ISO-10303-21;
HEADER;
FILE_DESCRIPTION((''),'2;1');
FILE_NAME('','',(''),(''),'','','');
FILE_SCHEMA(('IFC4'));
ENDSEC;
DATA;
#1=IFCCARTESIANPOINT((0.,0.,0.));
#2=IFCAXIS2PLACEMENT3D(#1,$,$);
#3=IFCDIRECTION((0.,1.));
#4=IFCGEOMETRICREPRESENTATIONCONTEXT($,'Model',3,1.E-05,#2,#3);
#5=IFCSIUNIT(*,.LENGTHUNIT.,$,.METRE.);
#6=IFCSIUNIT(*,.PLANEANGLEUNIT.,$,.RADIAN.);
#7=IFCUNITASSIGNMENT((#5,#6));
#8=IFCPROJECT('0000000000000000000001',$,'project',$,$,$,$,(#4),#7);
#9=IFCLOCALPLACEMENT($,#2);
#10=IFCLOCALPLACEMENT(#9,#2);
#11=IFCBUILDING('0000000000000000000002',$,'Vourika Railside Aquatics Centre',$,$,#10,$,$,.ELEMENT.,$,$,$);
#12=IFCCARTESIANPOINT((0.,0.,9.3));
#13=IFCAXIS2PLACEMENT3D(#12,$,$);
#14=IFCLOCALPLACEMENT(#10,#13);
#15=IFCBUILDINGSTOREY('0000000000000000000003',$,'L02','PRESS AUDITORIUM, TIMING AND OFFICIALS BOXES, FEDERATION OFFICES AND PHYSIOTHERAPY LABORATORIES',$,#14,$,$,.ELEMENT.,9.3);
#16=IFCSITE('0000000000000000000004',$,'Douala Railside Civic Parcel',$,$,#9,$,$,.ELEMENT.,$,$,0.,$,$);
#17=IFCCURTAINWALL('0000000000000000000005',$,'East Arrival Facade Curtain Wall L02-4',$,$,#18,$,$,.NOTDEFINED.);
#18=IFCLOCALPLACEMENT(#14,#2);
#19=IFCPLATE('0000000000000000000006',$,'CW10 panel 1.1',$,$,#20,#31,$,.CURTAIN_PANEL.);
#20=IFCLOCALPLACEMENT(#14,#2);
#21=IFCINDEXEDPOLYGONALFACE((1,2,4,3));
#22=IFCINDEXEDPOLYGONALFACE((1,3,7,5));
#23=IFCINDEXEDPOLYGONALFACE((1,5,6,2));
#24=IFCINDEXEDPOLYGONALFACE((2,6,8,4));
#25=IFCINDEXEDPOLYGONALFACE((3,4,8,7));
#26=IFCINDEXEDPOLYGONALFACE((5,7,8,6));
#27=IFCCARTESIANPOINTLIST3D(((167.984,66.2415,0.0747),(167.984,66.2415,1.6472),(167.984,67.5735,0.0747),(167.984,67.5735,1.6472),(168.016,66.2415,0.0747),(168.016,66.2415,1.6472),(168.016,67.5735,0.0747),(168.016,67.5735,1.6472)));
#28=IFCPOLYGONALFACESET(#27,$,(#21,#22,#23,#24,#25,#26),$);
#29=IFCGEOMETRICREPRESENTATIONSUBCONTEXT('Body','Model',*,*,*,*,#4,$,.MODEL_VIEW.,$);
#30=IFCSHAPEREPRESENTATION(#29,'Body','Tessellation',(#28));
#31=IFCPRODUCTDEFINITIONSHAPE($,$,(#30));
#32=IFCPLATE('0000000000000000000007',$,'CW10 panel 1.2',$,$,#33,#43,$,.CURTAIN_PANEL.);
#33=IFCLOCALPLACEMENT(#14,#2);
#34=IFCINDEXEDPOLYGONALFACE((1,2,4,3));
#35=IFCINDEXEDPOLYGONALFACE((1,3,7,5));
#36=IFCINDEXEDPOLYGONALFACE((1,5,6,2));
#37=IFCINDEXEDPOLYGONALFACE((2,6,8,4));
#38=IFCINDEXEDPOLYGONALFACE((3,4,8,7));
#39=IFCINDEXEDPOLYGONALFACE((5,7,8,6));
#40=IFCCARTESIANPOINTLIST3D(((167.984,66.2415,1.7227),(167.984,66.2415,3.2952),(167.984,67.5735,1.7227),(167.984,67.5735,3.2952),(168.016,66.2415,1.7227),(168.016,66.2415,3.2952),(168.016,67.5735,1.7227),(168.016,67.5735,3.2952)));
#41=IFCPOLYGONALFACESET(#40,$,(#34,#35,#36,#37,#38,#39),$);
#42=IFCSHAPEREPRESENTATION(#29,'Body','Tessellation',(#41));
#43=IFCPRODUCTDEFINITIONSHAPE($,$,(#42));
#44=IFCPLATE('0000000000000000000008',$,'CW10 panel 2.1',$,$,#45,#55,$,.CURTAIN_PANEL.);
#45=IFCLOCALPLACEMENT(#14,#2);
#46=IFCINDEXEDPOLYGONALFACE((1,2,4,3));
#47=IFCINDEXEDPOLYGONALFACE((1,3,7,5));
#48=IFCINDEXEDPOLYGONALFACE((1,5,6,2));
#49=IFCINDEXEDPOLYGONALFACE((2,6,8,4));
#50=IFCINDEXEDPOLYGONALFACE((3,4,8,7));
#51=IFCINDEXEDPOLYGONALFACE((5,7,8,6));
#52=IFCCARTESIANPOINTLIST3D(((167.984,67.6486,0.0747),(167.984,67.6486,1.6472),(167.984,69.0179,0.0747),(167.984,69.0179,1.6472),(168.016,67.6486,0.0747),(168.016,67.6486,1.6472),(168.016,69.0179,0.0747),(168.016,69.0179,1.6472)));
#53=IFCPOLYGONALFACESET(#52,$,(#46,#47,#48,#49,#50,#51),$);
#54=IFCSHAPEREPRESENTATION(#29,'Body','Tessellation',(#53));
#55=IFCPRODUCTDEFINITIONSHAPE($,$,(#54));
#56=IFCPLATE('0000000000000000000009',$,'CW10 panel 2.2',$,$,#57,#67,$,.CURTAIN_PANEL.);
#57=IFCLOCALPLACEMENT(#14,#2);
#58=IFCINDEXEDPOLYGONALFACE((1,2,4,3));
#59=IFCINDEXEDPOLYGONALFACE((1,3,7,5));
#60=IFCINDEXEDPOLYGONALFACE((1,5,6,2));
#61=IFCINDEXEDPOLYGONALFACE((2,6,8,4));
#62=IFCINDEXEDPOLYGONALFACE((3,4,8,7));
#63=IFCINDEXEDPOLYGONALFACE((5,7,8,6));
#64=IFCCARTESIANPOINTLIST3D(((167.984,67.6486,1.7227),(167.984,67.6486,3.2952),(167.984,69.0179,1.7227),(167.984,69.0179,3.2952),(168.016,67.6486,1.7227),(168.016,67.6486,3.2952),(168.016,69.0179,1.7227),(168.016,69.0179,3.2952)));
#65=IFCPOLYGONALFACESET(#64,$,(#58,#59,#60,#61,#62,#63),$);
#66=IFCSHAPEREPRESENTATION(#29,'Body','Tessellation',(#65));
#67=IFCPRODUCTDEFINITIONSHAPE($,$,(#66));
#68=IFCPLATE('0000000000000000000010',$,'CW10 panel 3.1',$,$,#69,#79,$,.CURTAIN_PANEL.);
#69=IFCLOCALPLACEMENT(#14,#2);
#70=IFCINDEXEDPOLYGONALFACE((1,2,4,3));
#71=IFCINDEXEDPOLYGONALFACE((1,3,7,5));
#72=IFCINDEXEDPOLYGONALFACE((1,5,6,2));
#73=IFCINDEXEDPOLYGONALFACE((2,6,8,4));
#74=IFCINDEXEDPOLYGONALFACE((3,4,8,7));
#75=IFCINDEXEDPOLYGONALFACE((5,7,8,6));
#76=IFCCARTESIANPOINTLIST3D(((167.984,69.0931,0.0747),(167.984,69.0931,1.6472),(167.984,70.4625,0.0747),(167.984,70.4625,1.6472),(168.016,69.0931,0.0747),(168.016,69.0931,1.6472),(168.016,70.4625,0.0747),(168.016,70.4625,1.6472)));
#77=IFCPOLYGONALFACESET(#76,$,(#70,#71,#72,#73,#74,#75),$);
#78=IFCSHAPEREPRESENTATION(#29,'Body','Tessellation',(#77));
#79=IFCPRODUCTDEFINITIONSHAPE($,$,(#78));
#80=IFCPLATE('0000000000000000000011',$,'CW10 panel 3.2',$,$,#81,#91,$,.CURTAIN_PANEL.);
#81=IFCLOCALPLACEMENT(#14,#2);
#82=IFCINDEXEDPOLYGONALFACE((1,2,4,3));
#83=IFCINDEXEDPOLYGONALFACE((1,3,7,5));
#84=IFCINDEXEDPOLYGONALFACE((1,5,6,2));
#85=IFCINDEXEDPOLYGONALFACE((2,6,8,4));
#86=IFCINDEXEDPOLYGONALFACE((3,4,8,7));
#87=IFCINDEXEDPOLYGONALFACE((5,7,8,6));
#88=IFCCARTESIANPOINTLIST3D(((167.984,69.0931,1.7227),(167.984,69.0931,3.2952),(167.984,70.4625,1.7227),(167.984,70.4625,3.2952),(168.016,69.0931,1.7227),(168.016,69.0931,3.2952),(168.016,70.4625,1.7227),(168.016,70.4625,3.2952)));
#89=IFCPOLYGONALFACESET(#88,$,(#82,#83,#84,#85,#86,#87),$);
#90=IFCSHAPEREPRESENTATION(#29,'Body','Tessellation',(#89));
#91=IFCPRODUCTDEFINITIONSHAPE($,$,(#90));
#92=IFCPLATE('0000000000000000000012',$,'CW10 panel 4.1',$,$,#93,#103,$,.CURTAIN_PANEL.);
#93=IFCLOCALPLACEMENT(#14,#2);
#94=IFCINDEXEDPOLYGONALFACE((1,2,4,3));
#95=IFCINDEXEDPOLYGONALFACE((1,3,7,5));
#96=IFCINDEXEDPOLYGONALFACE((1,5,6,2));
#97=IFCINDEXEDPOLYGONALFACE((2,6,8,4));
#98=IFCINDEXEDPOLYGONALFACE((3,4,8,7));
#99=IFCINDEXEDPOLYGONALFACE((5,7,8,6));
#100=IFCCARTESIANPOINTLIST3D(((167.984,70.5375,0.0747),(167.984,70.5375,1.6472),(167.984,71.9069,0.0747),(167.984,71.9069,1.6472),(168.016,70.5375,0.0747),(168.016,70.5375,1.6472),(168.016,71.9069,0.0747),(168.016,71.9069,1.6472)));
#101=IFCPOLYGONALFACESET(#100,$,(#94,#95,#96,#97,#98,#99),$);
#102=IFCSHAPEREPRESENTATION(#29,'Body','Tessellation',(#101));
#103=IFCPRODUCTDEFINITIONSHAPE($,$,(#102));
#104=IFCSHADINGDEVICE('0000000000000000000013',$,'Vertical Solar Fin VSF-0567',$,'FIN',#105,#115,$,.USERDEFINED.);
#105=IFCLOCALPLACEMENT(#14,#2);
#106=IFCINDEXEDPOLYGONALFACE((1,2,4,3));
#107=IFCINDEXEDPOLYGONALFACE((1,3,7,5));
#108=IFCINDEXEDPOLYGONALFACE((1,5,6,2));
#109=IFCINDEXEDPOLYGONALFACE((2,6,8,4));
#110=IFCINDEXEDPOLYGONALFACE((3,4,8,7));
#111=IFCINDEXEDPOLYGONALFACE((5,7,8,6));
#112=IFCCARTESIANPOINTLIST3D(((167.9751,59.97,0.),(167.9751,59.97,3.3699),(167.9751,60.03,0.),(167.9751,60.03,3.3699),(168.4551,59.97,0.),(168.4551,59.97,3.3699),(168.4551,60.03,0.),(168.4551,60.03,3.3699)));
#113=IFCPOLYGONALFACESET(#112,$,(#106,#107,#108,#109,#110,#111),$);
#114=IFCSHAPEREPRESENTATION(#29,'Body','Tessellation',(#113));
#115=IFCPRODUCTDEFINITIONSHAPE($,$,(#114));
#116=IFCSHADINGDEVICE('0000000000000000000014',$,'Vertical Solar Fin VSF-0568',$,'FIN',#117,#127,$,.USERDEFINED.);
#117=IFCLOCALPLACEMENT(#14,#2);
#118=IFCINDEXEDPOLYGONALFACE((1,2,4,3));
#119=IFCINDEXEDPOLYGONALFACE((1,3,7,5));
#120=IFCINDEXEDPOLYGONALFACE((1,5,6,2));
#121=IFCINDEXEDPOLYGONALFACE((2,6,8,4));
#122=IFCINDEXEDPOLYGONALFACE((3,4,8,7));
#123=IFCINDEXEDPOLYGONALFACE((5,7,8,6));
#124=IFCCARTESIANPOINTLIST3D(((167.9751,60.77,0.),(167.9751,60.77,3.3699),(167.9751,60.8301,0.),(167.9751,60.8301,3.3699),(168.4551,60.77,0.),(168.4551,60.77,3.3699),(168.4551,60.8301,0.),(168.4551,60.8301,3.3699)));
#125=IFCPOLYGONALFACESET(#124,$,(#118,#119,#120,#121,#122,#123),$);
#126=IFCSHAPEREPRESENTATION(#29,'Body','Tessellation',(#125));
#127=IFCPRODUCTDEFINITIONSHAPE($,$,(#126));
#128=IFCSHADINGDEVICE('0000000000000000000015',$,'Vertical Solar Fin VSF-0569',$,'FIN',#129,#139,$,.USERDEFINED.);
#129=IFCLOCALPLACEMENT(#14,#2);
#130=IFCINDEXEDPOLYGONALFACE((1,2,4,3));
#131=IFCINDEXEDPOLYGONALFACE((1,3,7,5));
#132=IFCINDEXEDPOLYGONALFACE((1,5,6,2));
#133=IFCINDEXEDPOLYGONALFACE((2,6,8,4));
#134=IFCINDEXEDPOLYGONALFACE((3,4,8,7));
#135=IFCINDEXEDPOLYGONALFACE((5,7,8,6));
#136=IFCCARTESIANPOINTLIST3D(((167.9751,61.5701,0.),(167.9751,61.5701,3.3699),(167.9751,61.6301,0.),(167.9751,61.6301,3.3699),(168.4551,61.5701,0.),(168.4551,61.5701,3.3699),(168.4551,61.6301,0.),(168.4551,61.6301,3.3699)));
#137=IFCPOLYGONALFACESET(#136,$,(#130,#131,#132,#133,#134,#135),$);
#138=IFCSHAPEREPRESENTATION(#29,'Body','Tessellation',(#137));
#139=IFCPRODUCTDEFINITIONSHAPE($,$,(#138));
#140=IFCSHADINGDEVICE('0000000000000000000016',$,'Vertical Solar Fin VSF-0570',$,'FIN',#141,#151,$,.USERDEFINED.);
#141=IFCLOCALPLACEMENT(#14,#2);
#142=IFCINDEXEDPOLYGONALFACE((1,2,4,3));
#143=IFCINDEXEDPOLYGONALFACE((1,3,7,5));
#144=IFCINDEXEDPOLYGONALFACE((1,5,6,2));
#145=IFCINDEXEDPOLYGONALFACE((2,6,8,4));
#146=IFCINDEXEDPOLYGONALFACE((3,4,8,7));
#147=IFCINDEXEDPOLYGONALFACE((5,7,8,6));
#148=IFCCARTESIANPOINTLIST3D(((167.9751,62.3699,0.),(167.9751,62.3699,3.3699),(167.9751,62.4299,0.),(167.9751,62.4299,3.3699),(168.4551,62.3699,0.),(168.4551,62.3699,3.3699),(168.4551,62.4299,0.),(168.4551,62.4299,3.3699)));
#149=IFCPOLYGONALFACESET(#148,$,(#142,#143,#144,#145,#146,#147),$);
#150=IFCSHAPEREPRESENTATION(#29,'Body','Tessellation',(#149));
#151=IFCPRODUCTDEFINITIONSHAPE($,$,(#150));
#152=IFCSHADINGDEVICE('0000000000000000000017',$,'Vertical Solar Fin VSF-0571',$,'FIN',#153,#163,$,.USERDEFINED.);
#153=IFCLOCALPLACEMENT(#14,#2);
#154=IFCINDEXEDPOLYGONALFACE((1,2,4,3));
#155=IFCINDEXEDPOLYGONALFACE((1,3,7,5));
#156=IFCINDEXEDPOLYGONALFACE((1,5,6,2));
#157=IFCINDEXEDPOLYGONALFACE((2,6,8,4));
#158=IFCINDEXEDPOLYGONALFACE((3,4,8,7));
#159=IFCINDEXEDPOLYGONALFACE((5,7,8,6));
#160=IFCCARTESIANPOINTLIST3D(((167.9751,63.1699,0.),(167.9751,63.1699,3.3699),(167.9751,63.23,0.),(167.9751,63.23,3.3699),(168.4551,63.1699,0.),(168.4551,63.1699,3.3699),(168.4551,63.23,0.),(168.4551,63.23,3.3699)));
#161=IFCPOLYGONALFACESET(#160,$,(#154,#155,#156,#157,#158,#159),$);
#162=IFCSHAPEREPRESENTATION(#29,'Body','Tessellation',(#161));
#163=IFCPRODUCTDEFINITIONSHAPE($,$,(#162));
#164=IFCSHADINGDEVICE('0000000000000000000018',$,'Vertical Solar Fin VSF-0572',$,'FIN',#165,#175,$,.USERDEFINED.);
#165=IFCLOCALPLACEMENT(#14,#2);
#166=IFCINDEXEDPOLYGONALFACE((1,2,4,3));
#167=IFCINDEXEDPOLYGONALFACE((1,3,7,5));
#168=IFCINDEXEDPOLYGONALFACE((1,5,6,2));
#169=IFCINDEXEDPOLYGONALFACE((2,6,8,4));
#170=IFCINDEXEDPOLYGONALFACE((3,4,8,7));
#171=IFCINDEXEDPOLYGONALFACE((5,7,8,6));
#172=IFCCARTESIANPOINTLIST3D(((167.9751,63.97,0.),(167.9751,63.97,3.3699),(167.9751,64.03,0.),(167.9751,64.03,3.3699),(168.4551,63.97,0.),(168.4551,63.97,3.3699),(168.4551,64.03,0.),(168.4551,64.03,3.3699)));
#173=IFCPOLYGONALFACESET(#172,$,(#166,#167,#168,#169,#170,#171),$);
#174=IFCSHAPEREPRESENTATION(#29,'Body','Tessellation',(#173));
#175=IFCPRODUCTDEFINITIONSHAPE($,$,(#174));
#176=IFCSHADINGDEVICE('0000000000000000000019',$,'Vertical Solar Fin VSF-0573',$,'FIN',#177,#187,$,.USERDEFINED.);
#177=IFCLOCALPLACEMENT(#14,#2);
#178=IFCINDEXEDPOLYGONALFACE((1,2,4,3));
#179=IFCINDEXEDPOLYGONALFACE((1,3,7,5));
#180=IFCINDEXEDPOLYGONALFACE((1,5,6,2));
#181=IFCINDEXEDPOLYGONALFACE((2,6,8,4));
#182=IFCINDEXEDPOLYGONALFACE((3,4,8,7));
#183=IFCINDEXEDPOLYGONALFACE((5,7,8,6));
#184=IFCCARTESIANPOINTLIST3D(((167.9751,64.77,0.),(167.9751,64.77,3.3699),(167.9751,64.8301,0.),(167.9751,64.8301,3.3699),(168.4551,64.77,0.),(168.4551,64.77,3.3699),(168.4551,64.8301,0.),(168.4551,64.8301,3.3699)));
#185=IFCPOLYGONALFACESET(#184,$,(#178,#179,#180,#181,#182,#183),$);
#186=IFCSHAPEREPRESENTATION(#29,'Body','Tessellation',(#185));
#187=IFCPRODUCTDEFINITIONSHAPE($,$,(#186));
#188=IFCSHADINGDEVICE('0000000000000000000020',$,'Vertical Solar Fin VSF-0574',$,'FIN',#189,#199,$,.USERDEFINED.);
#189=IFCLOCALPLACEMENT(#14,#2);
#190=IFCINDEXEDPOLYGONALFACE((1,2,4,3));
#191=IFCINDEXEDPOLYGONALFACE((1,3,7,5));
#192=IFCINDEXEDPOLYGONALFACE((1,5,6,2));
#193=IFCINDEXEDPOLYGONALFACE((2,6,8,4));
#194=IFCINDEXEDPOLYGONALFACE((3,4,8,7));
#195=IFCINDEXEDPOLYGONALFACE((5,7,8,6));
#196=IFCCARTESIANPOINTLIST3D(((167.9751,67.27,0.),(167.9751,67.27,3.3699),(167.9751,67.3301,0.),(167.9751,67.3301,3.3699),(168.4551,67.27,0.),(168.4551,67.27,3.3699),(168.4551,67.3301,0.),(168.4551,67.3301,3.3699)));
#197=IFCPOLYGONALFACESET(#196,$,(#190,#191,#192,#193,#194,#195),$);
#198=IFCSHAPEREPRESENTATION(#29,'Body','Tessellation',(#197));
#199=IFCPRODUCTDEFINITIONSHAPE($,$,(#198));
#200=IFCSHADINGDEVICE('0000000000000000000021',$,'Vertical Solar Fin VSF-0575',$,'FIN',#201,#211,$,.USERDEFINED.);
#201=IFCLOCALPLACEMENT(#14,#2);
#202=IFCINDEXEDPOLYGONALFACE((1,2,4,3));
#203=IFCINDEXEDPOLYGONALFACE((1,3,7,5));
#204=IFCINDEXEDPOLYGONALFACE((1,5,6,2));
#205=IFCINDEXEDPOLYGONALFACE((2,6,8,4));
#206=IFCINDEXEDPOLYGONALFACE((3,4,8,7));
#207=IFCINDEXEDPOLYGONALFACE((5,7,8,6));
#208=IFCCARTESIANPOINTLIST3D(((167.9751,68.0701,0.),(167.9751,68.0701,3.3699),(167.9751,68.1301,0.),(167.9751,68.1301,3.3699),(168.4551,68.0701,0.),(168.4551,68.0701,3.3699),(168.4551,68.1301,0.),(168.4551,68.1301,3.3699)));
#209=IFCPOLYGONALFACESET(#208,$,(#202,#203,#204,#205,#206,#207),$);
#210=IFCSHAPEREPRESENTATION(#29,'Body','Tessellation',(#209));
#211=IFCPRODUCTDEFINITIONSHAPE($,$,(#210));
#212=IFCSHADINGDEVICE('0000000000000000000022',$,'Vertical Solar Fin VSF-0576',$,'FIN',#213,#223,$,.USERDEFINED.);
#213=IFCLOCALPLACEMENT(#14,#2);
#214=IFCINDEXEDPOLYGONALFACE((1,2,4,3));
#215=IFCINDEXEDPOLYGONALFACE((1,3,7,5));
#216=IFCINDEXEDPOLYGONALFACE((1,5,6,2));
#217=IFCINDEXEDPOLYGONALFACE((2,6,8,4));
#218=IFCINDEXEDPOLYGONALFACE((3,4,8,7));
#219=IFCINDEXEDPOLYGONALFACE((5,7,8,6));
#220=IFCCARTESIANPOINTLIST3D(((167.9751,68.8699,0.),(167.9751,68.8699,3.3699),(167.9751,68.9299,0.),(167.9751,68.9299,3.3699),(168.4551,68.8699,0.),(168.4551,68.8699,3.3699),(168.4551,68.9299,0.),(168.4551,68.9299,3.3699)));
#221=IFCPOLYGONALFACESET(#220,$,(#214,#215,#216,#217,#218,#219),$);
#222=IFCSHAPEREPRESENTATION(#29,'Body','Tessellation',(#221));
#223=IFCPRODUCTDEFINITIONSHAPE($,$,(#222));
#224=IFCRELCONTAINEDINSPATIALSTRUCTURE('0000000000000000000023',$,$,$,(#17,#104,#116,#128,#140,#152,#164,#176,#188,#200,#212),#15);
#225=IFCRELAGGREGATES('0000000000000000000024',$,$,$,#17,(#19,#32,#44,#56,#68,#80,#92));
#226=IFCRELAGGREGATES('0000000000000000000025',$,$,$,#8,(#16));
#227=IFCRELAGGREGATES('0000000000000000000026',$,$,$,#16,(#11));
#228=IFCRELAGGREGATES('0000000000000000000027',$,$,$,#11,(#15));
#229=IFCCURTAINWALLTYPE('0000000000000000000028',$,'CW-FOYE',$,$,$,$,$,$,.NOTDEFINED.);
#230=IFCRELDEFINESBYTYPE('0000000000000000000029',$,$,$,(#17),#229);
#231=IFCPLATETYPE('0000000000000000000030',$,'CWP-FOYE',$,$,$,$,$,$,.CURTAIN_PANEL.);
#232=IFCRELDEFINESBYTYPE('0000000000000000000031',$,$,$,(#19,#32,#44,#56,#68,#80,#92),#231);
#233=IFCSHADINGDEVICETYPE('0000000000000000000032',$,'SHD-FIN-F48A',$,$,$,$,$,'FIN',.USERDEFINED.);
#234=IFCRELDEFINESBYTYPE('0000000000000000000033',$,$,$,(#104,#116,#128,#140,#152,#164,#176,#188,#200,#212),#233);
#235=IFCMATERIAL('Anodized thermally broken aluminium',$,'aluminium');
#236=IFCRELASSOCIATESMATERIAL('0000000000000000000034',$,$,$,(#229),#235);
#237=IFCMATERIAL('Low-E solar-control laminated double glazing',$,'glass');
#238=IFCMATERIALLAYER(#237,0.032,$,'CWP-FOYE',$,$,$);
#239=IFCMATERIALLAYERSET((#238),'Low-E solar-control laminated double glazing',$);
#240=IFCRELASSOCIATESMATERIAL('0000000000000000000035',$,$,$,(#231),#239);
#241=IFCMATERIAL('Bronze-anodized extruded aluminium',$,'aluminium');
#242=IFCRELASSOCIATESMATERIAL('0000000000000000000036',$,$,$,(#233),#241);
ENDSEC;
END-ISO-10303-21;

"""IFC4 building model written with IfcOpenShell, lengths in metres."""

from ifc_helpers import new_model, si_unit, direction, frame, origin, origin_2d, place, context, subcontext, project, spatial, rectangle, extrude, material, layer, layer_set, material_profile, profile_set, type_object, element, aggregate, save


model = new_model("IFC4")

# Units and contexts
model_context = context("Model", 3, precision=1e-05, world=origin(), true_north=direction((0.0, 1.0)))
body_context = subcontext(model_context, "Body", "Model", "MODEL_VIEW")
ifc_project = project(units=[si_unit("LENGTHUNIT", "METRE"), si_unit("PLANEANGLEUNIT", "RADIAN")], contexts=[model_context])

# Site, building, storey
site_placement = place(None, origin())
site = spatial("IfcSite", under=ifc_project, at=site_placement, Name="Douala Railside Civic Parcel", CompositionType="ELEMENT", RefElevation=0.0)
building_placement = place(site_placement, origin())
building = spatial("IfcBuilding", under=site, at=building_placement, Name="Vourika Railside Aquatics Centre", CompositionType="ELEMENT")
storey_placement = place(building_placement, frame((0.0, 0.0, 9.3)))
storey = spatial("IfcBuildingStorey", under=building, at=storey_placement, Name="L02", Description="PRESS AUDITORIUM, TIMING AND OFFICIALS BOXES, FEDERATION OFFICES AND PHYSIOTHERAPY LABORATORIES", CompositionType="ELEMENT", Elevation=9.3)

# Curtain wall, plates
ifc_material_1 = material(Name="Anodized thermally broken aluminium", Category="aluminium")
curtain_wall_type = type_object("IfcCurtainWallType", Name="CW-FOYE", PredefinedType="NOTDEFINED", material=ifc_material_1)
curtain_wall_placement = place(storey_placement, origin())
curtain_wall = element("IfcCurtainWall", 1, at=curtain_wall_placement, inside=storey, type_object=curtain_wall_type, Name="East Arrival Facade Curtain Wall L02-4", PredefinedType="NOTDEFINED")
ifc_material_2 = material(Name="Low-E solar-control laminated double glazing", Category="glass")
ifc_layer = layer(ifc_material_2, 0.032, Name="CWP-FOYE")
ifc_layer_set = layer_set([ifc_layer], Name="Low-E solar-control laminated double glazing")
plate_type = type_object("IfcPlateType", Name="CWP-FOYE", PredefinedType="CURTAIN_PANEL", material=ifc_layer_set)
plate_1_placement = place(storey_placement, frame((168.0, 66.9075, 0.0747), z_axis=(0.0, 0.0, 1.0), x_axis=(0.0, 1.0, 0.0)))
plate_1 = element("IfcPlate", 2, at=plate_1_placement, type_object=plate_type, Name="CW10 panel 1.1", PredefinedType="CURTAIN_PANEL", context=body_context, shape_type="SweptSolid", body=[
    extrude(rectangle(XDim=1.332, YDim=0.032, at=origin_2d()), origin(), (0.0, 0.0, 1.0), 1.5725),
])
plate_2_placement = place(storey_placement, frame((168.0, 66.9075, 1.7227), z_axis=(0.0, 0.0, 1.0), x_axis=(0.0, 1.0, 0.0)))
plate_2 = element("IfcPlate", 3, at=plate_2_placement, type_object=plate_type, Name="CW10 panel 1.2", PredefinedType="CURTAIN_PANEL", context=body_context, shape_type="SweptSolid", body=[
    extrude(rectangle(XDim=1.332, YDim=0.032, at=origin_2d()), origin(), (0.0, 0.0, 1.0), 1.5725),
])
plate_3_placement = place(storey_placement, frame((168.0, 68.3333, 0.0747), z_axis=(0.0, 0.0, 1.0), x_axis=(0.0, 1.0, 0.0)))
plate_3 = element("IfcPlate", 4, at=plate_3_placement, type_object=plate_type, Name="CW10 panel 2.1", PredefinedType="CURTAIN_PANEL", context=body_context, shape_type="SweptSolid", body=[
    extrude(rectangle(XDim=1.3694, YDim=0.032, at=origin_2d()), origin(), (0.0, 0.0, 1.0), 1.5725),
])
plate_4_placement = place(storey_placement, frame((168.0, 68.3333, 1.7227), z_axis=(0.0, 0.0, 1.0), x_axis=(0.0, 1.0, 0.0)))
plate_4 = element("IfcPlate", 5, at=plate_4_placement, type_object=plate_type, Name="CW10 panel 2.2", PredefinedType="CURTAIN_PANEL", context=body_context, shape_type="SweptSolid", body=[
    extrude(rectangle(XDim=1.3694, YDim=0.032, at=origin_2d()), origin(), (0.0, 0.0, 1.0), 1.5725),
])
plate_5_placement = place(storey_placement, frame((168.0, 69.7778, 0.0747), z_axis=(0.0, 0.0, 1.0), x_axis=(0.0, 1.0, 0.0)))
plate_5 = element("IfcPlate", 6, at=plate_5_placement, type_object=plate_type, Name="CW10 panel 3.1", PredefinedType="CURTAIN_PANEL", context=body_context, shape_type="SweptSolid", body=[
    extrude(rectangle(XDim=1.3694, YDim=0.032, at=origin_2d()), origin(), (0.0, 0.0, 1.0), 1.5725),
])
plate_6_placement = place(storey_placement, frame((168.0, 69.7778, 1.7227), z_axis=(0.0, 0.0, 1.0), x_axis=(0.0, 1.0, 0.0)))
plate_6 = element("IfcPlate", 7, at=plate_6_placement, type_object=plate_type, Name="CW10 panel 3.2", PredefinedType="CURTAIN_PANEL", context=body_context, shape_type="SweptSolid", body=[
    extrude(rectangle(XDim=1.3694, YDim=0.032, at=origin_2d()), origin(), (0.0, 0.0, 1.0), 1.5725),
])
plate_7_placement = place(storey_placement, frame((168.0, 71.2222, 0.0747), z_axis=(0.0, 0.0, 1.0), x_axis=(0.0, 1.0, 0.0)))
plate_7 = element("IfcPlate", 8, at=plate_7_placement, type_object=plate_type, Name="CW10 panel 4.1", PredefinedType="CURTAIN_PANEL", context=body_context, shape_type="SweptSolid", body=[
    extrude(rectangle(XDim=1.3694, YDim=0.032, at=origin_2d()), origin(), (0.0, 0.0, 1.0), 1.5725),
])
aggregate(curtain_wall, [plate_1, plate_2, plate_3, plate_4, plate_5, plate_6, plate_7])

# Shading devices
ifc_material_3 = material(Name="Bronze-anodized extruded aluminium", Category="aluminium")
ifc_material_profile_1 = material_profile(ifc_material_3, rectangle(XDim=0.0601, YDim=0.48, at=origin_2d()), Name="ALU-FIN 60x480")
ifc_profile_set_1 = profile_set([ifc_material_profile_1], Name="Bronze-anodized extruded aluminium")
shading_device_type = type_object("IfcShadingDeviceType", Name="SHD-FIN-F48A", ElementType="FIN", PredefinedType="USERDEFINED", material=ifc_profile_set_1)
for number, where, z_axis, x_axis, name in (
    (9, (168.2151, 60.0, 0.0), (0.0, 0.0, 1.0), (0.0, -1.0, 0.0), "Vertical Solar Fin VSF-0567"),
    (10, (168.2151, 60.8, 0.0), (0.0, 0.0, 1.0), (0.0, -1.0, 0.0), "Vertical Solar Fin VSF-0568"),
    (11, (168.2151, 61.6001, 0.0), (0.0, 0.0, 1.0), (0.0, -1.0, 0.0), "Vertical Solar Fin VSF-0569"),
    (12, (168.2151, 62.3999, 0.0), (0.0, 0.0, 1.0), (0.0, -1.0, 0.0), "Vertical Solar Fin VSF-0570"),
    (13, (168.2151, 63.2, 0.0), (0.0, 0.0, 1.0), (0.0, -1.0, 0.0), "Vertical Solar Fin VSF-0571"),
    (14, (168.2151, 64.0, 0.0), (0.0, 0.0, 1.0), (0.0, -1.0, 0.0), "Vertical Solar Fin VSF-0572"),
    (15, (168.2151, 64.8, 0.0), (0.0, 0.0, 1.0), (0.0, -1.0, 0.0), "Vertical Solar Fin VSF-0573"),
    (16, (168.2151, 67.3, 0.0), (0.0, 0.0, 1.0), (0.0, -1.0, 0.0), "Vertical Solar Fin VSF-0574"),
    (17, (168.2151, 68.1001, 0.0), (0.0, 0.0, 1.0), (0.0, -1.0, 0.0), "Vertical Solar Fin VSF-0575"),
    (18, (168.2151, 68.8999, 0.0), (0.0, 0.0, 1.0), (0.0, -1.0, 0.0), "Vertical Solar Fin VSF-0576"),
):
    element("IfcShadingDevice", number, at=place(storey_placement, frame(where, z_axis=z_axis, x_axis=x_axis)), inside=storey, type_object=shading_device_type, Name=name, ObjectType="FIN", PredefinedType="USERDEFINED", context=body_context, shape_type="SweptSolid", body=[
        extrude(rectangle(XDim=0.0601, YDim=0.48, at=origin_2d()), origin(), (0.0, 0.0, 1.0), 3.3699),
    ])

save(model, "model.ifc")
